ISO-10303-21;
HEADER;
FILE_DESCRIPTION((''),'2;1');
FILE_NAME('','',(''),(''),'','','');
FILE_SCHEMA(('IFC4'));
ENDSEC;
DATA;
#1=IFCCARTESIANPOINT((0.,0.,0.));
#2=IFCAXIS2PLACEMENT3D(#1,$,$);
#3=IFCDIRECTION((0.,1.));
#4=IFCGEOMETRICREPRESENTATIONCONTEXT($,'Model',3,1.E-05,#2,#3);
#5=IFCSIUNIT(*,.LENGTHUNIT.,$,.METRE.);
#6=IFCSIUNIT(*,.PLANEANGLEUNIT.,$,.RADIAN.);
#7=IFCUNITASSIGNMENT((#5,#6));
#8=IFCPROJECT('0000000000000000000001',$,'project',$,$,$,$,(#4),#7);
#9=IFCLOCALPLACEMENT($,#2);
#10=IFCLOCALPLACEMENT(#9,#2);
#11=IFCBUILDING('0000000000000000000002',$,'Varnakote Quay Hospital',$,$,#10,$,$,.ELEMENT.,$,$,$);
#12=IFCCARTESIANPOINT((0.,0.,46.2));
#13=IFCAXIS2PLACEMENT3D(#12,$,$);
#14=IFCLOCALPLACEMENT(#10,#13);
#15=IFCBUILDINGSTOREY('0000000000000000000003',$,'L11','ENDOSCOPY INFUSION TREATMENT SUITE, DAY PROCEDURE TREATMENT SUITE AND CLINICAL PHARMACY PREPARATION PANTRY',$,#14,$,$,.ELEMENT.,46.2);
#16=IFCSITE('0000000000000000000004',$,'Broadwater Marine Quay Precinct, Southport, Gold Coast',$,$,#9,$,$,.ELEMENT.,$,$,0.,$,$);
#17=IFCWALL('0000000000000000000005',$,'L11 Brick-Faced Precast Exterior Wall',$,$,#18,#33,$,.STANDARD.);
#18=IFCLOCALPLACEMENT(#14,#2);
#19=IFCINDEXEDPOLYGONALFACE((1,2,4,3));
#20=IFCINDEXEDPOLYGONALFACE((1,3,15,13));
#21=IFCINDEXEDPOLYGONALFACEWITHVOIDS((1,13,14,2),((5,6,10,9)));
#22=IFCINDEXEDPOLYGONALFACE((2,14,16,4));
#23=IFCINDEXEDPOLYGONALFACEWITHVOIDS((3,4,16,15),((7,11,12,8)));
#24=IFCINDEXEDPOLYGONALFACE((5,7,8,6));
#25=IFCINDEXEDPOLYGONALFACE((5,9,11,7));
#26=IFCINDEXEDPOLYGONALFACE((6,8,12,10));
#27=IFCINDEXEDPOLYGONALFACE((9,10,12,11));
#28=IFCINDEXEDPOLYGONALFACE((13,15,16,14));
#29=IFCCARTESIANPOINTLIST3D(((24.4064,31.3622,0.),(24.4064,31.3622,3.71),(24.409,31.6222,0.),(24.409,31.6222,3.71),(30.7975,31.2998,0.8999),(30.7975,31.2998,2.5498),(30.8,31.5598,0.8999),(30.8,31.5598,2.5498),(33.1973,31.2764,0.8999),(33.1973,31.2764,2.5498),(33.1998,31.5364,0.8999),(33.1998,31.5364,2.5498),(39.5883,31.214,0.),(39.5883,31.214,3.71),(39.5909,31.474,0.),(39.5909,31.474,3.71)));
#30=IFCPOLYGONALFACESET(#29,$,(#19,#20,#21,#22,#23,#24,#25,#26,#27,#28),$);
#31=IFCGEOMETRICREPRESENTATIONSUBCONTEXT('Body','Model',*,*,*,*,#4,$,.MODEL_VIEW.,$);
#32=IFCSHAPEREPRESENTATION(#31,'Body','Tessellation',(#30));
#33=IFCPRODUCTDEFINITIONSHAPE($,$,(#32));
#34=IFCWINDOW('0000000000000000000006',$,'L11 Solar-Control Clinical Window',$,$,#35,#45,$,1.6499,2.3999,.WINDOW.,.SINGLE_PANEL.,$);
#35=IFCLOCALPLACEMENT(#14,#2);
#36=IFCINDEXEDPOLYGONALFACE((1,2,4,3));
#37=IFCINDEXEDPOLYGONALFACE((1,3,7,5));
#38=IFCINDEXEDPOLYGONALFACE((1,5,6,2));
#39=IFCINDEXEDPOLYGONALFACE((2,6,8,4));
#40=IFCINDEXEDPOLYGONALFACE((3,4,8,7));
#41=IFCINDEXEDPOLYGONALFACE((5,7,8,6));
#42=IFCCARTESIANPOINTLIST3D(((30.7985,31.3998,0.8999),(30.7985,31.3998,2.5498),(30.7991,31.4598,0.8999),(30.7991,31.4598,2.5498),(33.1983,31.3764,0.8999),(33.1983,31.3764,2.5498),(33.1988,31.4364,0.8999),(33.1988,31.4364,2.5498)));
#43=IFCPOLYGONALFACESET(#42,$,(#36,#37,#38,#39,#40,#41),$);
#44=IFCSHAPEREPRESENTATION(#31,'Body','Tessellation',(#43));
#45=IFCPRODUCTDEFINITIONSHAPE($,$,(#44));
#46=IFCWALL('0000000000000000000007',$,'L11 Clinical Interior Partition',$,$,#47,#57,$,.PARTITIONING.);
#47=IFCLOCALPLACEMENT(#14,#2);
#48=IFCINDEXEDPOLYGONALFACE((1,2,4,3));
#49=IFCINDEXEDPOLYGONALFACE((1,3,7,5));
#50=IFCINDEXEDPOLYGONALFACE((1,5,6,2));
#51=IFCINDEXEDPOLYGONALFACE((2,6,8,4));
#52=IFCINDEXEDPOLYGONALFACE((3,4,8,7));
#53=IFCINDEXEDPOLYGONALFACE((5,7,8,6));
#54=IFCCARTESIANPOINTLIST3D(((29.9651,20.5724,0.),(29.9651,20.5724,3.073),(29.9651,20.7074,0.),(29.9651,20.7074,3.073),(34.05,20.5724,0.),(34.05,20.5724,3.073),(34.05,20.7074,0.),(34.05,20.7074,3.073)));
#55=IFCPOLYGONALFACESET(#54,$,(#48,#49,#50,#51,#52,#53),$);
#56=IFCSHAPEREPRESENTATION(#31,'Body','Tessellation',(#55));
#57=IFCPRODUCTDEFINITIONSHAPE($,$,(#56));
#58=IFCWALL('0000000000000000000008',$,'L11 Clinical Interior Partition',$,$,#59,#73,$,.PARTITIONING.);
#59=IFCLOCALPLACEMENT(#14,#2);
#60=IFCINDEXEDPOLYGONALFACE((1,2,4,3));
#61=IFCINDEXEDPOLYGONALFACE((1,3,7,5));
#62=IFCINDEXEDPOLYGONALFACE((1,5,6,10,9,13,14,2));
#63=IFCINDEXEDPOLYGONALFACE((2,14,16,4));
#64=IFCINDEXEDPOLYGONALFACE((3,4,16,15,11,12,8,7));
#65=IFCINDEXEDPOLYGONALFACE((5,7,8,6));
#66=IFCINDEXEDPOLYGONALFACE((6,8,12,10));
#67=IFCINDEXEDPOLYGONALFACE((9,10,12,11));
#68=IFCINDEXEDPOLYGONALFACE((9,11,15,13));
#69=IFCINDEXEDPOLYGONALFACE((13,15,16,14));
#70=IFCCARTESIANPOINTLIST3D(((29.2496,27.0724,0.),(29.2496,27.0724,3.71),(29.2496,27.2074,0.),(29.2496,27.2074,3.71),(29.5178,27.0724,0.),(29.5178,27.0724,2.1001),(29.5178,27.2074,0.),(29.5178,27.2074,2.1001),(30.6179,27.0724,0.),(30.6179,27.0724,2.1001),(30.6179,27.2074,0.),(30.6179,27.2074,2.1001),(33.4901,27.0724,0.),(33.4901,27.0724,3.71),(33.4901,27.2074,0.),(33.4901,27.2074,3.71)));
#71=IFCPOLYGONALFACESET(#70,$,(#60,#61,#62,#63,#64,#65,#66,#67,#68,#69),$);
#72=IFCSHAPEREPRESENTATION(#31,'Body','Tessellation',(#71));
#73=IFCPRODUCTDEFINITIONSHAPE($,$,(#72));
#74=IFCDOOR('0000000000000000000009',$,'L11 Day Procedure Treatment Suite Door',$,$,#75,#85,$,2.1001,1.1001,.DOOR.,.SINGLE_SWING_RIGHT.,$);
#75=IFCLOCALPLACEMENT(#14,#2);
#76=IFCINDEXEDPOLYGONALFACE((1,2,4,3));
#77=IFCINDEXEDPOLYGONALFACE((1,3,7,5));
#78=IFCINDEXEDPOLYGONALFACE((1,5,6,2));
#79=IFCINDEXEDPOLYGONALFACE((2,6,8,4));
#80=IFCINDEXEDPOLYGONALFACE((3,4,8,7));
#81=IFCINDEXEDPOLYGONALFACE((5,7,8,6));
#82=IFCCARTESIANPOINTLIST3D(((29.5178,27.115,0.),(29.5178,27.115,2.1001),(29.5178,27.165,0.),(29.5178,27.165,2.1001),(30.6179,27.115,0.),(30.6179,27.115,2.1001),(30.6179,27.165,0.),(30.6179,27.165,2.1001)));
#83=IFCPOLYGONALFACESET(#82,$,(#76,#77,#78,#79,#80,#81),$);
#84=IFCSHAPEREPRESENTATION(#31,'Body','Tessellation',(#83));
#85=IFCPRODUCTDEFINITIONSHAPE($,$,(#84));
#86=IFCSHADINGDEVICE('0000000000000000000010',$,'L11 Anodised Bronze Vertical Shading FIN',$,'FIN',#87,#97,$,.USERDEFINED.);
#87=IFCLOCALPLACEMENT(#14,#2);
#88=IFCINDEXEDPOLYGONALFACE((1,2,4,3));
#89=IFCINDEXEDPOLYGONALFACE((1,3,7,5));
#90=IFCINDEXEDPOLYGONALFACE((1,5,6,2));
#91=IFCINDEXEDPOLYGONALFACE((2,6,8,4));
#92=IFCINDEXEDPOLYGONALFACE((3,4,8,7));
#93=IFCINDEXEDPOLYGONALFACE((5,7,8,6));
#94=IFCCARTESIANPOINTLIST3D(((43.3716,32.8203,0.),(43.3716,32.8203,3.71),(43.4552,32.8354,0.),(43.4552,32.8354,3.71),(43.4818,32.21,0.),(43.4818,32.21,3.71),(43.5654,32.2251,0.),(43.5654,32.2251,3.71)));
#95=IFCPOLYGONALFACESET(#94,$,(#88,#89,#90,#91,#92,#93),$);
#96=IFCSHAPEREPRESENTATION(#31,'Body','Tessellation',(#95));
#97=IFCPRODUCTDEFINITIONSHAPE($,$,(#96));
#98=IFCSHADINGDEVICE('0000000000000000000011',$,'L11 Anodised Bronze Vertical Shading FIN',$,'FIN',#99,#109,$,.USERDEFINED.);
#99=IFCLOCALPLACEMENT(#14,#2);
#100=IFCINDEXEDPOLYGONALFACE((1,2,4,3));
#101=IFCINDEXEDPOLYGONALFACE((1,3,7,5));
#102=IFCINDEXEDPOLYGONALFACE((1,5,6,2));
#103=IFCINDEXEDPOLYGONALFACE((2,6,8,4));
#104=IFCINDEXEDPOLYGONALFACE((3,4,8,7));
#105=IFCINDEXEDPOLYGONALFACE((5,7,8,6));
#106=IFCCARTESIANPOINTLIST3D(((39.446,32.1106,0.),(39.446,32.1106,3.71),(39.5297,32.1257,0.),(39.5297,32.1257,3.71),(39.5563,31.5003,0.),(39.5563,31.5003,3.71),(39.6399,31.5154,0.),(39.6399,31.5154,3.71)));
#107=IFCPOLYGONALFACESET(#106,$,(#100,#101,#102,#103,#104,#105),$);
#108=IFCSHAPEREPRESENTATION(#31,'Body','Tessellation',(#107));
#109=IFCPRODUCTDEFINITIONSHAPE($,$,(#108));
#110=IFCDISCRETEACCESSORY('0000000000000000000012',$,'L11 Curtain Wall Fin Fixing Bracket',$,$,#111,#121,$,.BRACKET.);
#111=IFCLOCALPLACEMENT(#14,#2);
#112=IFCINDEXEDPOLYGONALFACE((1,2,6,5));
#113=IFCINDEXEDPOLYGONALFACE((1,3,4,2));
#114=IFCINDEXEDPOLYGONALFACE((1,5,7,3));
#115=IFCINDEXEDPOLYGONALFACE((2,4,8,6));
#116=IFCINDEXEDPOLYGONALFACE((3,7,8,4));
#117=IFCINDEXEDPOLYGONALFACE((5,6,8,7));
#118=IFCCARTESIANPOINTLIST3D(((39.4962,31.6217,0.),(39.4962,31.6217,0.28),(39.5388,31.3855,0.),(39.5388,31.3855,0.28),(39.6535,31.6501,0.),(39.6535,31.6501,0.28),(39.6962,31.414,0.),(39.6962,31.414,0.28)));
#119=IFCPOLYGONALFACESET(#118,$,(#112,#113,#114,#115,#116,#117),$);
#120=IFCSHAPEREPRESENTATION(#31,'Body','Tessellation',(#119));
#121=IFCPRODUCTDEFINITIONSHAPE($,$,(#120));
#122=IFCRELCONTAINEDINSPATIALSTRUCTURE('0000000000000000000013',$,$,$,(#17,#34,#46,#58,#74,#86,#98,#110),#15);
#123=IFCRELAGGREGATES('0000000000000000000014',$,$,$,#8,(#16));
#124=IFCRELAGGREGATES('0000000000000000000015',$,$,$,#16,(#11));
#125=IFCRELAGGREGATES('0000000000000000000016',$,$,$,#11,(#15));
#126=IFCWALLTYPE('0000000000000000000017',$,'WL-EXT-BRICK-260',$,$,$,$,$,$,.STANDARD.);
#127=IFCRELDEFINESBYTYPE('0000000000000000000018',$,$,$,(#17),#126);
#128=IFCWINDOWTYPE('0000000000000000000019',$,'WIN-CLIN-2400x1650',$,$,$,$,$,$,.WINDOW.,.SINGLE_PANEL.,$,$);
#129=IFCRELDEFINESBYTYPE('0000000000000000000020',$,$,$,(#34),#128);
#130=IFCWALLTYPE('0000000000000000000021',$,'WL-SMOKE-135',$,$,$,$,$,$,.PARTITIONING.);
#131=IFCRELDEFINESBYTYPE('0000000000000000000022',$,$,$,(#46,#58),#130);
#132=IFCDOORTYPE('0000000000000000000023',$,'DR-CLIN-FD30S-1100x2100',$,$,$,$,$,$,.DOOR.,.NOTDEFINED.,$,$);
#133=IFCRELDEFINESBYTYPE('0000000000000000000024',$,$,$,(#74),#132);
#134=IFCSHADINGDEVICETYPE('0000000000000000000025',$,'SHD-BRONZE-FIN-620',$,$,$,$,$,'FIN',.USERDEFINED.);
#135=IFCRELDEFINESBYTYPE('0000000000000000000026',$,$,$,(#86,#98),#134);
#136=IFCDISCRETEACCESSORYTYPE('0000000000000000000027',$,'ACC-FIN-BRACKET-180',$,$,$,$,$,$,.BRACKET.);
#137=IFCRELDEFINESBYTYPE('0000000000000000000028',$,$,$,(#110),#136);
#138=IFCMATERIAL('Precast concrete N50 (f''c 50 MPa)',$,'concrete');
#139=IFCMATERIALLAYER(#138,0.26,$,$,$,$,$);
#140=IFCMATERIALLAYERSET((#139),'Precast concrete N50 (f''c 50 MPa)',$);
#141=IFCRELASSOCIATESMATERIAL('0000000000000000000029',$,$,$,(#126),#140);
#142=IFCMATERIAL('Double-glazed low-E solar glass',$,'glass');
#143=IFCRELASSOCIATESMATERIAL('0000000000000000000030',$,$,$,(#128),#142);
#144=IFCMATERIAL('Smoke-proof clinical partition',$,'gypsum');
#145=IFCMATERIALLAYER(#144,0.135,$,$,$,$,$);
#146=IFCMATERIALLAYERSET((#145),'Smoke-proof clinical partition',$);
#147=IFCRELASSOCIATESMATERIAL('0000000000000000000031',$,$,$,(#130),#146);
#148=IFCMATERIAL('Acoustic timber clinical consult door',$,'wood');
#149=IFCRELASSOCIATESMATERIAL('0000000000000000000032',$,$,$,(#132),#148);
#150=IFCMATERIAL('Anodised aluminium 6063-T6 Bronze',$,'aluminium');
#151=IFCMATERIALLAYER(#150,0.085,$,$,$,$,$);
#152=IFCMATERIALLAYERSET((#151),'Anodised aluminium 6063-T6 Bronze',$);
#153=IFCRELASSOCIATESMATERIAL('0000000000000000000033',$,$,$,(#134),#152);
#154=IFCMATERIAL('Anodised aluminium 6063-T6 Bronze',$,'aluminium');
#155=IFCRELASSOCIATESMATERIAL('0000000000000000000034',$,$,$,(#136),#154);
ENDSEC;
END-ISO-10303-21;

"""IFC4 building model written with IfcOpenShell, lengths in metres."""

from ifc_helpers import new_model, si_unit, direction, frame, frame_2d, origin, origin_2d, place, context, subcontext, project, spatial, rectangle, extrude, material, layer, layer_set, type_object, element, fill, save


model = new_model("IFC4")

# Units and contexts
model_context = context("Model", 3, precision=1e-05, world=origin(), true_north=direction((0.0, 1.0)))
body_context = subcontext(model_context, "Body", "Model", "MODEL_VIEW")
ifc_project = project(units=[si_unit("LENGTHUNIT", "METRE"), si_unit("PLANEANGLEUNIT", "RADIAN")], contexts=[model_context])

# Site, building, storey
site_placement = place(None, origin())
site = spatial("IfcSite", under=ifc_project, at=site_placement, Name="Broadwater Marine Quay Precinct, Southport, Gold Coast", CompositionType="ELEMENT", RefElevation=0.0)
building_placement = place(site_placement, origin())
building = spatial("IfcBuilding", under=site, at=building_placement, Name="Varnakote Quay Hospital", CompositionType="ELEMENT")
storey_placement = place(building_placement, frame((0.0, 0.0, 46.2)))
storey = spatial("IfcBuildingStorey", under=building, at=storey_placement, Name="L11", Description="ENDOSCOPY INFUSION TREATMENT SUITE, DAY PROCEDURE TREATMENT SUITE AND CLINICAL PHARMACY PREPARATION PANTRY", CompositionType="ELEMENT", Elevation=46.2)

# Wall, opening, window
ifc_material_1 = material(Name="Precast concrete N50 (f'c 50 MPa)", Category="concrete")
ifc_layer_1 = layer(ifc_material_1, 0.26)
ifc_layer_set_1 = layer_set([ifc_layer_1], Name="Precast concrete N50 (f'c 50 MPa)")
wall_type_1 = type_object("IfcWallType", Name="WL-EXT-BRICK-260", PredefinedType="STANDARD", material=ifc_layer_set_1)
wall_1_placement = place(storey_placement, frame((39.5896, 31.344, 0.0), z_axis=(0.0, 0.0, 1.0), x_axis=(-0.999952, 0.009761, 0.0)))
wall_1 = element("IfcWall", 1, at=wall_1_placement, inside=storey, type_object=wall_type_1, Name="L11 Brick-Faced Precast Exterior Wall", PredefinedType="STANDARD", context=body_context, shape_type="SweptSolid", body=[
    extrude(rectangle(XDim=15.1826, YDim=0.26, at=frame_2d((7.5913, 0.0))), origin(), (0.0, 0.0, 1.0), 3.71),
])
opening_1_placement = place(wall_1_placement, frame((6.3914, 0.0, 0.8999)))
opening_1 = element("IfcOpeningElement", 2, at=opening_1_placement, cuts=wall_1, PredefinedType="OPENING", context=body_context, shape_type="SweptSolid", body=[
    extrude(rectangle(XDim=2.3999, YDim=1.6499, at=frame_2d((1.2, 0.825))), frame((0.0, 0.1399, 0.0), z_axis=(0.0, -1.0, 0.0), x_axis=(1.0, 0.0, 0.0)), (0.0, 0.0, 1.0), 0.28),
])
ifc_material_2 = material(Name="Double-glazed low-E solar glass", Category="glass")
window_type = type_object("IfcWindowType", Name="WIN-CLIN-2400x1650", PartitioningType="SINGLE_PANEL", PredefinedType="WINDOW", material=ifc_material_2)
window_placement = place(opening_1_placement, origin())
window = element("IfcWindow", 3, at=window_placement, inside=storey, type_object=window_type, Name="L11 Solar-Control Clinical Window", OverallHeight=1.6499, OverallWidth=2.3999, PartitioningType="SINGLE_PANEL", PredefinedType="WINDOW", context=body_context, shape_type="SweptSolid", body=[
    extrude(rectangle(XDim=2.3999, YDim=1.6499, at=frame_2d((1.2, 0.825))), frame((0.0, 0.03, 0.0), z_axis=(0.0, -1.0, 0.0), x_axis=(1.0, 0.0, 0.0)), (0.0, 0.0, 1.0), 0.0601),
])
fill(opening_1, window)

# Wall
ifc_material_3 = material(Name="Smoke-proof clinical partition", Category="gypsum")
ifc_layer_2 = layer(ifc_material_3, 0.135)
ifc_layer_set_2 = layer_set([ifc_layer_2], Name="Smoke-proof clinical partition")
wall_type_2 = type_object("IfcWallType", Name="WL-SMOKE-135", PredefinedType="PARTITIONING", material=ifc_layer_set_2)
wall_2_placement = place(storey_placement, frame((34.05, 20.6399, 0.0), z_axis=(0.0, 0.0, 1.0), x_axis=(-1.0, 0.0, 0.0)))
element("IfcWall", 4, at=wall_2_placement, inside=storey, type_object=wall_type_2, Name="L11 Clinical Interior Partition", PredefinedType="PARTITIONING", context=body_context, shape_type="SweptSolid", body=[
    extrude(rectangle(XDim=4.085, YDim=0.135, at=frame_2d((2.0425, 0.0))), origin(), (0.0, 0.0, 1.0), 3.073),
])

# Wall, opening, door
wall_3_placement = place(storey_placement, frame((33.49, 27.1399, 0.0), z_axis=(0.0, 0.0, 1.0), x_axis=(-1.0, 0.0, 0.0)))
wall_3 = element("IfcWall", 5, at=wall_3_placement, inside=storey, type_object=wall_type_2, Name="L11 Clinical Interior Partition", PredefinedType="PARTITIONING", context=body_context, shape_type="SweptSolid", body=[
    extrude(rectangle(XDim=4.2405, YDim=0.135, at=frame_2d((2.1201, 0.0))), origin(), (0.0, 0.0, 1.0), 3.71),
])
opening_2_placement = place(wall_3_placement, frame((2.8721, 0.0, 0.0)))
opening_2 = element("IfcOpeningElement", 6, at=opening_2_placement, cuts=wall_3, PredefinedType="OPENING", context=body_context, shape_type="SweptSolid", body=[
    extrude(rectangle(XDim=1.1001, YDim=2.1001, at=frame_2d((0.55, 1.05))), frame((0.0, 0.0774, 0.0), z_axis=(0.0, -1.0, 0.0), x_axis=(1.0, 0.0, 0.0)), (0.0, 0.0, 1.0), 0.155),
])
ifc_material_4 = material(Name="Acoustic timber clinical consult door", Category="wood")
door_type = type_object("IfcDoorType", Name="DR-CLIN-FD30S-1100x2100", OperationType="NOTDEFINED", PredefinedType="DOOR", material=ifc_material_4)
door_placement = place(opening_2_placement, origin())
door = element("IfcDoor", 7, at=door_placement, inside=storey, type_object=door_type, Name="L11 Day Procedure Treatment Suite Door", OperationType="SINGLE_SWING_RIGHT", OverallHeight=2.1001, OverallWidth=1.1001, PredefinedType="DOOR", context=body_context, shape_type="SweptSolid", body=[
    extrude(rectangle(XDim=1.1001, YDim=2.1001, at=frame_2d((0.55, 1.05))), frame((0.0, 0.0249, 0.0), z_axis=(0.0, -1.0, 0.0), x_axis=(1.0, 0.0, 0.0)), (0.0, 0.0, 1.0), 0.05),
])
fill(opening_2, door)

# Shading devices
ifc_material_5 = material(Name="Anodised aluminium 6063-T6 Bronze", Category="aluminium")
ifc_layer_3 = layer(ifc_material_5, 0.085)
ifc_layer_set_3 = layer_set([ifc_layer_3], Name="Anodised aluminium 6063-T6 Bronze")
shading_device_type = type_object("IfcShadingDeviceType", Name="SHD-BRONZE-FIN-620", ElementType="FIN", PredefinedType="USERDEFINED", material=ifc_layer_set_3)
for number, where, z_axis, x_axis, name in (
    (8, (43.4685, 32.5227, 0.0), (0.0, 0.0, 1.0), (0.177772, -0.984072, 0.0), "L11 Anodised Bronze Vertical Shading FIN"),
    (9, (39.543, 31.813, 0.0), (0.0, 0.0, 1.0), (0.177772, -0.984072, 0.0), "L11 Anodised Bronze Vertical Shading FIN"),
):
    element("IfcShadingDevice", number, at=place(storey_placement, frame(where, z_axis=z_axis, x_axis=x_axis)), inside=storey, type_object=shading_device_type, Name=name, ObjectType="FIN", PredefinedType="USERDEFINED", context=body_context, shape_type="SweptSolid", body=[
        extrude(rectangle(XDim=0.6201, YDim=0.085, at=origin_2d()), origin(), (0.0, 0.0, 1.0), 3.71),
    ])

# Discrete accessory
ifc_material_6 = material(Name="Anodised aluminium 6063-T6 Bronze", Category="aluminium")
discrete_accessory_type = type_object("IfcDiscreteAccessoryType", Name="ACC-FIN-BRACKET-180", PredefinedType="BRACKET", material=ifc_material_6)
discrete_accessory_placement = place(storey_placement, frame((39.5962, 31.5178, 0.0), z_axis=(0.0, 0.0, 1.0), x_axis=(-0.984072, -0.177772, 0.0)))
element("IfcDiscreteAccessory", 10, at=discrete_accessory_placement, inside=storey, type_object=discrete_accessory_type, Name="L11 Curtain Wall Fin Fixing Bracket", PredefinedType="BRACKET", context=body_context, shape_type="SweptSolid", body=[
    extrude(rectangle(XDim=0.1599, YDim=0.24, at=origin_2d()), origin(), (0.0, 0.0, 1.0), 0.28),
])

save(model, "model.ifc")
